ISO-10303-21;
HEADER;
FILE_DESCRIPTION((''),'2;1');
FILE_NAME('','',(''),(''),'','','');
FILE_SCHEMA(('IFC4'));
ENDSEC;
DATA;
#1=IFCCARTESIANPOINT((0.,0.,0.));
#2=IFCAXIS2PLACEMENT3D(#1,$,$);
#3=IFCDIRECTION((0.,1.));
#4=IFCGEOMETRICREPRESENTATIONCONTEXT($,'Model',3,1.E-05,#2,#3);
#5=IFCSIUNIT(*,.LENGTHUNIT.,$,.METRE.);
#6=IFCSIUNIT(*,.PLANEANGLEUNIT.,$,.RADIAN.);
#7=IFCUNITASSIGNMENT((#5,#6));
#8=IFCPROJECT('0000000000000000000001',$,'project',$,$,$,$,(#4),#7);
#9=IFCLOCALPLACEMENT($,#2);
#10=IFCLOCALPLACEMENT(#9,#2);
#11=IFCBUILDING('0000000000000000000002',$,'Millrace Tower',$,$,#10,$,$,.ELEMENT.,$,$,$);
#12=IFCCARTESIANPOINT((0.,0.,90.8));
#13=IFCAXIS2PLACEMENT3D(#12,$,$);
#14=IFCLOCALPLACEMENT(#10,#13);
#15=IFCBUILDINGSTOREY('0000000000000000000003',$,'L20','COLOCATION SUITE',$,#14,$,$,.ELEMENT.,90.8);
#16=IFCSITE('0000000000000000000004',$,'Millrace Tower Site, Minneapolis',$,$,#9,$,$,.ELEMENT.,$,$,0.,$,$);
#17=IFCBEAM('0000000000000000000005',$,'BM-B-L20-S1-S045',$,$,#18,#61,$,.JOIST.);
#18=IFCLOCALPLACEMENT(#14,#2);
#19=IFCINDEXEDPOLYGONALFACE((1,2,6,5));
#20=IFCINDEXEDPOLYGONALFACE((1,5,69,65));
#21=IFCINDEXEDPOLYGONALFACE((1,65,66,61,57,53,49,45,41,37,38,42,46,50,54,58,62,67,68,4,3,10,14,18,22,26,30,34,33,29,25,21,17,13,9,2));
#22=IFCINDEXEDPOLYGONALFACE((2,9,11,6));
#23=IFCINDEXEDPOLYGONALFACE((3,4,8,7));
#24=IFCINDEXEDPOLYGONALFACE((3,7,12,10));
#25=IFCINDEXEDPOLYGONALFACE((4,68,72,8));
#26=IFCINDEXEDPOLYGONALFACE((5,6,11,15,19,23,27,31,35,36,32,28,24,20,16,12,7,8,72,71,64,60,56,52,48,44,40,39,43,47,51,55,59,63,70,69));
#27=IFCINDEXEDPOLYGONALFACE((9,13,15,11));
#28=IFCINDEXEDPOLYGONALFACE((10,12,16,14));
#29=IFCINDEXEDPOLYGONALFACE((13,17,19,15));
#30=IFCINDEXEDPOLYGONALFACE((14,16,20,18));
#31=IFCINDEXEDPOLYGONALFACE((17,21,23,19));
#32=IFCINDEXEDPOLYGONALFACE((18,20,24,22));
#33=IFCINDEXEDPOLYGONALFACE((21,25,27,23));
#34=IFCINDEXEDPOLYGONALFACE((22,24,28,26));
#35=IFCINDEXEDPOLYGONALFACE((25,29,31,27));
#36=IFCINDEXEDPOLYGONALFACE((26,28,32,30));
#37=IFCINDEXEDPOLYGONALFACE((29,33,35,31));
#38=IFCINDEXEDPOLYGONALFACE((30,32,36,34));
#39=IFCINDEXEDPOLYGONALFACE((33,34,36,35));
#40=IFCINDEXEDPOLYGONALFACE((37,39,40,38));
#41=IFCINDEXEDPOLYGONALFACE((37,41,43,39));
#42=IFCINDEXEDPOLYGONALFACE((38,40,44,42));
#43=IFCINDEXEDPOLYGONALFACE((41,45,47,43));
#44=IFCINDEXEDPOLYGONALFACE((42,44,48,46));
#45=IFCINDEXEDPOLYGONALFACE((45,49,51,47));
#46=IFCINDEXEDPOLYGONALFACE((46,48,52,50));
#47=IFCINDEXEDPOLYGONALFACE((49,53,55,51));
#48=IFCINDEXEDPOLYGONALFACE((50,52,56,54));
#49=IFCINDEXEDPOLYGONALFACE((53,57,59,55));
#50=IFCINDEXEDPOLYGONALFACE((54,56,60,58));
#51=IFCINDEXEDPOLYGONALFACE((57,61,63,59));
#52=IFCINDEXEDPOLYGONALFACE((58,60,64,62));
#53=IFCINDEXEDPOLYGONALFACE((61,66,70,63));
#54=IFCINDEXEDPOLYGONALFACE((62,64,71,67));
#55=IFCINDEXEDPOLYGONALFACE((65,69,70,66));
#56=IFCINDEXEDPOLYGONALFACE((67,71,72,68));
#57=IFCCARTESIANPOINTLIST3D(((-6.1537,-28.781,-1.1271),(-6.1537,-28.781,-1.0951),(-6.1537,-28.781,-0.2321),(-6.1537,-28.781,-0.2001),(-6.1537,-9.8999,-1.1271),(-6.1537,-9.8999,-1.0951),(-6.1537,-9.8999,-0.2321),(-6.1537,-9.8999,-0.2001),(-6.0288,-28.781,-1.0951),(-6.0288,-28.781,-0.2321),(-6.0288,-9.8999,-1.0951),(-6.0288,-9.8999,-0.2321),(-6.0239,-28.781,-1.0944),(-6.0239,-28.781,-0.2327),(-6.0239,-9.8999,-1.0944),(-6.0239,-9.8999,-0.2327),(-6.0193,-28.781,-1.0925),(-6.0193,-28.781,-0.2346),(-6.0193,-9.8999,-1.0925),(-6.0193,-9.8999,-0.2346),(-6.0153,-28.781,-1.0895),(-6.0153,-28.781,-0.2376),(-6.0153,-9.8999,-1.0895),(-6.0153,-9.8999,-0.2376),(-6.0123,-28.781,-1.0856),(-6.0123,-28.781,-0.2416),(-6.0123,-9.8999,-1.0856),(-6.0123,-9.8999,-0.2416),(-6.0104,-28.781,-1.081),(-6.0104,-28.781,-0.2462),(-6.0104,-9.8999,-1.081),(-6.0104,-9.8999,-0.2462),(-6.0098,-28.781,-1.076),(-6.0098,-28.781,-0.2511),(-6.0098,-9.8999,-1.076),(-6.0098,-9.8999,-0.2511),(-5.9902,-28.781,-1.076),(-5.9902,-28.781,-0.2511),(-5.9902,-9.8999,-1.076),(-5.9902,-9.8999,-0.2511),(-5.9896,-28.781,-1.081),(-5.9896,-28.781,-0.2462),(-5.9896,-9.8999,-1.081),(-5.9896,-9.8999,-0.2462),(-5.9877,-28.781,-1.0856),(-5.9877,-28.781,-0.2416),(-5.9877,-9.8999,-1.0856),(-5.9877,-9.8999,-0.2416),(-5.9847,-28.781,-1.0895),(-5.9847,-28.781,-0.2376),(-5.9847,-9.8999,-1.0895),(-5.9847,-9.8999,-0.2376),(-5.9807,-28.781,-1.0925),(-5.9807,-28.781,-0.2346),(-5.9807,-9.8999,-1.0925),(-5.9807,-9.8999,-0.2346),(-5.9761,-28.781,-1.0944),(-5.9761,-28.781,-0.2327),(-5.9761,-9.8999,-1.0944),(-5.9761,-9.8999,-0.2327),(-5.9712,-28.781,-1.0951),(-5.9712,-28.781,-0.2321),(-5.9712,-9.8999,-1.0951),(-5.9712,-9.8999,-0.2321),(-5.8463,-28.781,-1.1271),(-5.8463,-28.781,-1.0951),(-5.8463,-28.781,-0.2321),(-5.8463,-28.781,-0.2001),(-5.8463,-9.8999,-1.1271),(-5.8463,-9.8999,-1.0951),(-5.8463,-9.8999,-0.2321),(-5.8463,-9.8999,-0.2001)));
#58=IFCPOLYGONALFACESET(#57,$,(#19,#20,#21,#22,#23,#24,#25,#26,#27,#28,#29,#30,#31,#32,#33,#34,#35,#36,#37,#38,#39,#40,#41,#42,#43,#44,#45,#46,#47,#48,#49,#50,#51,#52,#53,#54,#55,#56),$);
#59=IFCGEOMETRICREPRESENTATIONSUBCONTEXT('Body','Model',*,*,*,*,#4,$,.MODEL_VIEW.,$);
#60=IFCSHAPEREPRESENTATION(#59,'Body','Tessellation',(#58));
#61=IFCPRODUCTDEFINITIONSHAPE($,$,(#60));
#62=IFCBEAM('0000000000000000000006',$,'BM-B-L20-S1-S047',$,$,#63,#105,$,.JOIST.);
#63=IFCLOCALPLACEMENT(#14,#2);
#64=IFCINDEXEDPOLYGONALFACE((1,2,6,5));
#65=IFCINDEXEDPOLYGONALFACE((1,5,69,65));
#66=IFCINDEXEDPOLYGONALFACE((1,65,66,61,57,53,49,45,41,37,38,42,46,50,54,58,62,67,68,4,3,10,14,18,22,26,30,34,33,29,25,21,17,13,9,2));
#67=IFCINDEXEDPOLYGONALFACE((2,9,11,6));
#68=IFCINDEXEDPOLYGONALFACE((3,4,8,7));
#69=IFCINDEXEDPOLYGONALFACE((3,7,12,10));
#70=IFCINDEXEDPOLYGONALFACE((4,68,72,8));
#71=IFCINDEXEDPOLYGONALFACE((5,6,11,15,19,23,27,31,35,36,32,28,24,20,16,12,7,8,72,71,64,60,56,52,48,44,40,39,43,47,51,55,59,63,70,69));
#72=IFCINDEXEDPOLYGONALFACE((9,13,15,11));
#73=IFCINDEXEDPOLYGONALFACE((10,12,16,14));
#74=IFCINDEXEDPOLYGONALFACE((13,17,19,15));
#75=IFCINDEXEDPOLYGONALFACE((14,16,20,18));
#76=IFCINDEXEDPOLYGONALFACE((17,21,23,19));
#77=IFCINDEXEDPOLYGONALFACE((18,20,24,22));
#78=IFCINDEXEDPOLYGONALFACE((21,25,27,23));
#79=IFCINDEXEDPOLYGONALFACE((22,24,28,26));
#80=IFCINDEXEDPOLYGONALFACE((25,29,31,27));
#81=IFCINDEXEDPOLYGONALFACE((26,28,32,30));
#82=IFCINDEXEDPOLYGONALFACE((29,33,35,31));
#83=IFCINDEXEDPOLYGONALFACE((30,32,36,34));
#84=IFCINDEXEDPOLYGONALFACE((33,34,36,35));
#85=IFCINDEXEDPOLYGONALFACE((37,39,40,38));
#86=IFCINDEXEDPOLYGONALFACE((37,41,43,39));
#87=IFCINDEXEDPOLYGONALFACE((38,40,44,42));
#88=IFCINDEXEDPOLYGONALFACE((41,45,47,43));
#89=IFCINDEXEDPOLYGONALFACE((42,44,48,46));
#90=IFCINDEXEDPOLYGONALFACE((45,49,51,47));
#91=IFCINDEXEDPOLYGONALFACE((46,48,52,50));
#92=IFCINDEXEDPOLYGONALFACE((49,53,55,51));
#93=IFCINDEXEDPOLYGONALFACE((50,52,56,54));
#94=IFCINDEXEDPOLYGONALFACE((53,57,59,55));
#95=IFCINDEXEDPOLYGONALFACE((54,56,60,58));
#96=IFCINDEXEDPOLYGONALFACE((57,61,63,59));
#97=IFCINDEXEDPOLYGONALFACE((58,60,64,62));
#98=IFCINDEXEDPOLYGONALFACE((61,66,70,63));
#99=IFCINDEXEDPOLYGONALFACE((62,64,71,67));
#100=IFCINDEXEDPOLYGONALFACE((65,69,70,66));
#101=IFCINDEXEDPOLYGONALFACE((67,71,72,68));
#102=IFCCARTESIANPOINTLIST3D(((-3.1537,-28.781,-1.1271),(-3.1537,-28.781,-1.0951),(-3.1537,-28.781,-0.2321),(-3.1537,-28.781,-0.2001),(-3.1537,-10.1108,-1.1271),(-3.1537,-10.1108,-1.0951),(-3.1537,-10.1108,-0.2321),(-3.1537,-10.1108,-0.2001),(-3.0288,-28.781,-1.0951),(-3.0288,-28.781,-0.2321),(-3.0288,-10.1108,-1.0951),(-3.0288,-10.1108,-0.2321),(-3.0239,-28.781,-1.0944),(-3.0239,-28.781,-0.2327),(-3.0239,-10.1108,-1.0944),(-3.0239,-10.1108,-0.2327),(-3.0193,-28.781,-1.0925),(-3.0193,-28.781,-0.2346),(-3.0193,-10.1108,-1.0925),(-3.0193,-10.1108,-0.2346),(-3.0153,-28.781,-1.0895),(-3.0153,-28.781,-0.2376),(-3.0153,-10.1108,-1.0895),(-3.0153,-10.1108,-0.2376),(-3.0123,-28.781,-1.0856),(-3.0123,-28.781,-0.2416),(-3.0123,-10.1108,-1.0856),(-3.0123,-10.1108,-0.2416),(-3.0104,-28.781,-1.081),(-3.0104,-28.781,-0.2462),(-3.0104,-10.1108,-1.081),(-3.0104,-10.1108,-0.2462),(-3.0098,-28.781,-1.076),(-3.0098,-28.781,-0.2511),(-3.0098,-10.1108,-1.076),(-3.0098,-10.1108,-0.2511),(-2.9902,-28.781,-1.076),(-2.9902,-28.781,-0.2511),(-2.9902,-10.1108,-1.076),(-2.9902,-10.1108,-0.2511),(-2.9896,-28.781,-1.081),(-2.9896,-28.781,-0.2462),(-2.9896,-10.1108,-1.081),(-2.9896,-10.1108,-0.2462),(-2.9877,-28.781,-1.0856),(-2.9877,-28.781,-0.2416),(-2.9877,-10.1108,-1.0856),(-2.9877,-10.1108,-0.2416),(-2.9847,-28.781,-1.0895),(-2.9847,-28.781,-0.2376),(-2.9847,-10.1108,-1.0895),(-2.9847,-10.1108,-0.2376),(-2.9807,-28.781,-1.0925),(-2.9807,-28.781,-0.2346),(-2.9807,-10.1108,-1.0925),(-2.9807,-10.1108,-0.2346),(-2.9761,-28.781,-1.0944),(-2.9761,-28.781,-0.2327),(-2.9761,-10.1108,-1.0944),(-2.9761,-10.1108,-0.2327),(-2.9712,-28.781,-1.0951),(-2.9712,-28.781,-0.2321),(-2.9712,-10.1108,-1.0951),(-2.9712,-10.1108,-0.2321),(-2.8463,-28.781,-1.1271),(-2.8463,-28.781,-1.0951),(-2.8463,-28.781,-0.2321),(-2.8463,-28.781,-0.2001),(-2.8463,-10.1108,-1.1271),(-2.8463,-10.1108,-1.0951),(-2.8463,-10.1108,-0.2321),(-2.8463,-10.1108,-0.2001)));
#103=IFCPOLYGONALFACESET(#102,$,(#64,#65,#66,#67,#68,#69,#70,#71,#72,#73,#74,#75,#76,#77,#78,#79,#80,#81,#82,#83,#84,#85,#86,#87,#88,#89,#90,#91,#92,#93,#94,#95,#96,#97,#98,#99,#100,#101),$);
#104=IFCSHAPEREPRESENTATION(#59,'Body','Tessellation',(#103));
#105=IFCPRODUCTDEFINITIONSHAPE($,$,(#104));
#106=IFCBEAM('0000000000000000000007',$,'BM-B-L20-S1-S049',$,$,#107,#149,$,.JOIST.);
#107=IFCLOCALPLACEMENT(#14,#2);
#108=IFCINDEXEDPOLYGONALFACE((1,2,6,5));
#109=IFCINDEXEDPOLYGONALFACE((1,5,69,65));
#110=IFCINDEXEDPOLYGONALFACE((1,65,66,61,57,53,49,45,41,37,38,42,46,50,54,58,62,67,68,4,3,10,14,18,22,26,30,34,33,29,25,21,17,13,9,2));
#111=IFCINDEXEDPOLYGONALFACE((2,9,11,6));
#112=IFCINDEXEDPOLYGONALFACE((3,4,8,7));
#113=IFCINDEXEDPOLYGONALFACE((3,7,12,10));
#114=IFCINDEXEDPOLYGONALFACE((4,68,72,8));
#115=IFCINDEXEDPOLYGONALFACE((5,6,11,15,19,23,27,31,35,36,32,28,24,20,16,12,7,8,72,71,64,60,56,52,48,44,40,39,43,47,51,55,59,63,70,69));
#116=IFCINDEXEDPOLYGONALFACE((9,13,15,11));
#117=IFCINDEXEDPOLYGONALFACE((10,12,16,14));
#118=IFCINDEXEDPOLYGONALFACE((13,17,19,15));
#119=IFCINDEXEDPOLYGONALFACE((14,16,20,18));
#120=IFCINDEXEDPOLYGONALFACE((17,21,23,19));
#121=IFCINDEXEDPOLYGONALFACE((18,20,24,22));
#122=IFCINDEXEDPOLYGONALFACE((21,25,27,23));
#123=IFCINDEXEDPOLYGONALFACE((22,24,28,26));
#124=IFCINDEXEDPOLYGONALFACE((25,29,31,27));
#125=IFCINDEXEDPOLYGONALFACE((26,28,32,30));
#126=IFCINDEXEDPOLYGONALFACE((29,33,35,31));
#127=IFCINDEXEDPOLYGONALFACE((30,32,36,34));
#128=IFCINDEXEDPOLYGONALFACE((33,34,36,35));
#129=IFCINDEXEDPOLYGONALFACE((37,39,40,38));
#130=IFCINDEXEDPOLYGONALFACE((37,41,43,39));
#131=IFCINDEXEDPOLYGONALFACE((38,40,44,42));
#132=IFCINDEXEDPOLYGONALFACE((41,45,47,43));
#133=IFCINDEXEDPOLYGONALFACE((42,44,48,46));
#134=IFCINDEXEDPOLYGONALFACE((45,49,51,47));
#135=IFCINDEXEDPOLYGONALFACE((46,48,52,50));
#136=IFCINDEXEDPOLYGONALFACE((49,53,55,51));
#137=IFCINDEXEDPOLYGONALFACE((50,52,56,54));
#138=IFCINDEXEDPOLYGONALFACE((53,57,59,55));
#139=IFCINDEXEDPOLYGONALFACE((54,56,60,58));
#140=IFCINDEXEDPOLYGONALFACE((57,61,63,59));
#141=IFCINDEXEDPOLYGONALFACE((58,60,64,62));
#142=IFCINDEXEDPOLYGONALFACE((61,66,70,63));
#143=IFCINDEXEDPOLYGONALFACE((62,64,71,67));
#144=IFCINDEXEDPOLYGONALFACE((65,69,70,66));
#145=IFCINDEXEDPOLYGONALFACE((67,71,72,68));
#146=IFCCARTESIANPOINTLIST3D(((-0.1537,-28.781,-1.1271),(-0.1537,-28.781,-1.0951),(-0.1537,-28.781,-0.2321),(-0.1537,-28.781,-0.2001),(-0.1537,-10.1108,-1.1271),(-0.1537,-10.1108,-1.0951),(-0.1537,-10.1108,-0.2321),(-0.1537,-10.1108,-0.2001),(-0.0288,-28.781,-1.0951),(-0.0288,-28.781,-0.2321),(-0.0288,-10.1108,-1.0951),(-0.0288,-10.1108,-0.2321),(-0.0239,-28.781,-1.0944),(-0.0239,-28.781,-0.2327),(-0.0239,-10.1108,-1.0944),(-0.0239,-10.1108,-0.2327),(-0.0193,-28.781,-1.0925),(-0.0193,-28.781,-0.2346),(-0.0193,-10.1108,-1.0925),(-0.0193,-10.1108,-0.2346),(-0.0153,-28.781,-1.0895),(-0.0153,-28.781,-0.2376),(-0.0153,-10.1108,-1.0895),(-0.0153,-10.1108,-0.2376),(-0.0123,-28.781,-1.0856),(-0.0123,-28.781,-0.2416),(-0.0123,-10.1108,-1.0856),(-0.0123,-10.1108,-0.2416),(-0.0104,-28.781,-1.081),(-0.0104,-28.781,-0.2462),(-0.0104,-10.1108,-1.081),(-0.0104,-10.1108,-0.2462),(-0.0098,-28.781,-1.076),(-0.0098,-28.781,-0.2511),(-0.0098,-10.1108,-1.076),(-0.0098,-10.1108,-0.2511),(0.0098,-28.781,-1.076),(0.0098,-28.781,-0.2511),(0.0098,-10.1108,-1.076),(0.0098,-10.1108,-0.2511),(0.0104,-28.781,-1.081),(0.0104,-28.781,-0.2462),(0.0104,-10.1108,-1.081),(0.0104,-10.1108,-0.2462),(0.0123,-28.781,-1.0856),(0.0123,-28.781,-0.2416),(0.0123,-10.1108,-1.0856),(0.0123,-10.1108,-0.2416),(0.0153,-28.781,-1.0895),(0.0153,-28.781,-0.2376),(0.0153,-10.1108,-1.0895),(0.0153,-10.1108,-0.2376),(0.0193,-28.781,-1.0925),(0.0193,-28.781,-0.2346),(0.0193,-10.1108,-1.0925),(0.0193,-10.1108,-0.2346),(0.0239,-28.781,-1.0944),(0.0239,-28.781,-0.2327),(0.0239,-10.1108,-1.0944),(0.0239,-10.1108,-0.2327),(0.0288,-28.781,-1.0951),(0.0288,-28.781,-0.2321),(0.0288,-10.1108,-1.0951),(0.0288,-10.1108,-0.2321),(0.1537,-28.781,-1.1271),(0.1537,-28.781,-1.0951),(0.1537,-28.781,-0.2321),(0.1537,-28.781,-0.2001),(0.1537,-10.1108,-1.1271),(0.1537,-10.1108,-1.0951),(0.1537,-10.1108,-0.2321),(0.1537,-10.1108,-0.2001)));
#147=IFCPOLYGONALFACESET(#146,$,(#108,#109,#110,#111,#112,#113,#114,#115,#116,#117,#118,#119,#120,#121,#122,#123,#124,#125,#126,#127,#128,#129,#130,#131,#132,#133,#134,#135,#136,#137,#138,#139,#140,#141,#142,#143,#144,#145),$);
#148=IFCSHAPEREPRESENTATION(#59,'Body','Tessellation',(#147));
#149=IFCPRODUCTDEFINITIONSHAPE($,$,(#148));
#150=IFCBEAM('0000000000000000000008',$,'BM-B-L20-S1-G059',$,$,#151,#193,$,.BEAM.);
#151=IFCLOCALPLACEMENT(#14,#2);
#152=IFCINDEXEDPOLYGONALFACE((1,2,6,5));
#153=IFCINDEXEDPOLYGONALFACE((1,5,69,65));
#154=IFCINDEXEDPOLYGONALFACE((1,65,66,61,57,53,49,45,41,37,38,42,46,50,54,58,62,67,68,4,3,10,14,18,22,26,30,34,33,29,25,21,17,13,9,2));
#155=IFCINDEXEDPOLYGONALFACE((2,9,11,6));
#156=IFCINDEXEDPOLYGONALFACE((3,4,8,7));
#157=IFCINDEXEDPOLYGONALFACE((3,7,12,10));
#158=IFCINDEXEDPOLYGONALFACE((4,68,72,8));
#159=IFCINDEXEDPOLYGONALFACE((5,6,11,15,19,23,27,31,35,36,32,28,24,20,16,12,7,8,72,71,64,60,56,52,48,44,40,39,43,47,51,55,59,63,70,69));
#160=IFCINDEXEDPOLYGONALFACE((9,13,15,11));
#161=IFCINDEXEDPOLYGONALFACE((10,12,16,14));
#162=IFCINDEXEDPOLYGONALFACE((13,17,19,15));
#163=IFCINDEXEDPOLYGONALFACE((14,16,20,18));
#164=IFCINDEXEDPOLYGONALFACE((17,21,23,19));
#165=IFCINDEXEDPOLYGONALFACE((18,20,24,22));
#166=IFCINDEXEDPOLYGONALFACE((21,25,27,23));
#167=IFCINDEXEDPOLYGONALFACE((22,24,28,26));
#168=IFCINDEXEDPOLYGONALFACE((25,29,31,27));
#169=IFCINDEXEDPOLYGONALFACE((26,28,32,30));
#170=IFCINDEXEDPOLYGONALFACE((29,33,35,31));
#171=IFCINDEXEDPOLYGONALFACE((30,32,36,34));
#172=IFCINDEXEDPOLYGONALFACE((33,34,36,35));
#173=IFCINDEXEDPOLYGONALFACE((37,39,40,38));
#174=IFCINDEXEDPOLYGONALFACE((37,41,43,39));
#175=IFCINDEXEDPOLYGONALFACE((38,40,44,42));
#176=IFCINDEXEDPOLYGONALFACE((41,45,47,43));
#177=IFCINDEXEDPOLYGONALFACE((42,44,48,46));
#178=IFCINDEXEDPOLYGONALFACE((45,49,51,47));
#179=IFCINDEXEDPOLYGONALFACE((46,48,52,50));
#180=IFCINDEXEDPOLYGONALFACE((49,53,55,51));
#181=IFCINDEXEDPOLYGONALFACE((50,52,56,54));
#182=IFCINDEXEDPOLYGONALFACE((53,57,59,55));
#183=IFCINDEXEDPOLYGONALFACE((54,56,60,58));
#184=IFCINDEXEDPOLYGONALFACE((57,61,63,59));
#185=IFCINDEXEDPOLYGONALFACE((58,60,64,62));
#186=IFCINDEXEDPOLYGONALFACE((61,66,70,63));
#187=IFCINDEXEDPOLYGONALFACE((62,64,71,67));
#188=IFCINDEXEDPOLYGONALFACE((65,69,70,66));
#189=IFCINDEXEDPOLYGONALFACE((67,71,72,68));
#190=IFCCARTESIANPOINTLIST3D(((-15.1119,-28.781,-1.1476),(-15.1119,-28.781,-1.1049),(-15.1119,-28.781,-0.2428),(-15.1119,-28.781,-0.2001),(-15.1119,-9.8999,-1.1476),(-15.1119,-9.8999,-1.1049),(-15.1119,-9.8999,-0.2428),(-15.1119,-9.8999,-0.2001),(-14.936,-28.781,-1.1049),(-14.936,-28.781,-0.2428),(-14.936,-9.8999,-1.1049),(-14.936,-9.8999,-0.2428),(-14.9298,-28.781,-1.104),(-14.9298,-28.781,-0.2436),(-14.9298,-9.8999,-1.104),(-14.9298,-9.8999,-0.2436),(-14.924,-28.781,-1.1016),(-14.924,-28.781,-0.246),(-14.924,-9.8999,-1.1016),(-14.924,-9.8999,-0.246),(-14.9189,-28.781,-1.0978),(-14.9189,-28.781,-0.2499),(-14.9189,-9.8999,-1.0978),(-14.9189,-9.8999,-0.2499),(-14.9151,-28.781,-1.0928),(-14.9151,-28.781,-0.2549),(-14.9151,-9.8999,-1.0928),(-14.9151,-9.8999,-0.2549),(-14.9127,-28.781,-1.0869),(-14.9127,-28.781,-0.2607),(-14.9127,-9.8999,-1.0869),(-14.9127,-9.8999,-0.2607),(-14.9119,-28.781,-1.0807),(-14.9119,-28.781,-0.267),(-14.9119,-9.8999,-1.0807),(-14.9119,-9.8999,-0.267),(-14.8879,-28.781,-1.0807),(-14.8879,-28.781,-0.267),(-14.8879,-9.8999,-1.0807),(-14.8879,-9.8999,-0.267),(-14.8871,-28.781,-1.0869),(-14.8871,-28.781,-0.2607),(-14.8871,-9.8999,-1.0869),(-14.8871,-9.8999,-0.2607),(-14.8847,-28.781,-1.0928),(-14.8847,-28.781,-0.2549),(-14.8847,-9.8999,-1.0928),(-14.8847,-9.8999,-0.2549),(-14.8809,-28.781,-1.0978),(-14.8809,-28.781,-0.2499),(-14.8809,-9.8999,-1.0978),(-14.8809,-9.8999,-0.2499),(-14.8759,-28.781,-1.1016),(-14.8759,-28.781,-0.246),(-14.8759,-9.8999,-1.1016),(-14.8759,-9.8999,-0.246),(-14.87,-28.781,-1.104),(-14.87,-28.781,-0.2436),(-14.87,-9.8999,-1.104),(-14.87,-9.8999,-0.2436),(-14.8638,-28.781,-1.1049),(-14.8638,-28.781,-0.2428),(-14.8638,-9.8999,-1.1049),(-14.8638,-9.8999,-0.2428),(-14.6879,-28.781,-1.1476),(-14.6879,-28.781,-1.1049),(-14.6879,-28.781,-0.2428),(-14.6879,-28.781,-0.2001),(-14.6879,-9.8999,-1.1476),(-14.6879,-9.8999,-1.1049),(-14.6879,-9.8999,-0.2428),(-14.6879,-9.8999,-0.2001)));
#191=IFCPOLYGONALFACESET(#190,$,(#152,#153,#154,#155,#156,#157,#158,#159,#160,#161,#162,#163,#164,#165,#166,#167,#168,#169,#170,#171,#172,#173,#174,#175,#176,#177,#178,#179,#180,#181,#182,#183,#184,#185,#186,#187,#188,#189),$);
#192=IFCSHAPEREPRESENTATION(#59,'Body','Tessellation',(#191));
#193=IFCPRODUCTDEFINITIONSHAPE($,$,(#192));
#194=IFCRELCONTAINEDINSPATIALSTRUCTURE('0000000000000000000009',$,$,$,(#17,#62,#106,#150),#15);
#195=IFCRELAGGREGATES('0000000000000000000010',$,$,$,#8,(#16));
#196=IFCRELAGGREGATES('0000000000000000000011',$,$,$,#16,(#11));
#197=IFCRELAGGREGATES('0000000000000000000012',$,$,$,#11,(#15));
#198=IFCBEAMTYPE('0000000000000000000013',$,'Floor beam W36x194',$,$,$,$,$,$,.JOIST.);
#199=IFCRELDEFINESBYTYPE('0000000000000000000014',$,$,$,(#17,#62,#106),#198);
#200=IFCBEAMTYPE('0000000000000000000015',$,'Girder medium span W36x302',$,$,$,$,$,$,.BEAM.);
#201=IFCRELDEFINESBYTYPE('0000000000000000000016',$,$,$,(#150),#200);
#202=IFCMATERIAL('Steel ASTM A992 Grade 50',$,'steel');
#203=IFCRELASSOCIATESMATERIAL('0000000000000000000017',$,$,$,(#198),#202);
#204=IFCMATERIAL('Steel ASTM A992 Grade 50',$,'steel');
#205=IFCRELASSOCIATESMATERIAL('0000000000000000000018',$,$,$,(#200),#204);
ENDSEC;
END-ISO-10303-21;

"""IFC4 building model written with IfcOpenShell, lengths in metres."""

from ifc_helpers import new_model, si_unit, direction, frame, origin, origin_2d, place, context, subcontext, project, spatial, i_section, extrude, material, material_profile, profile_set, type_object, element, save


model = new_model("IFC4")

# Units and contexts
model_context = context("Model", 3, precision=1e-05, world=origin(), true_north=direction((0.0, 1.0)))
body_context = subcontext(model_context, "Body", "Model", "MODEL_VIEW")
ifc_project = project(units=[si_unit("LENGTHUNIT", "METRE"), si_unit("PLANEANGLEUNIT", "RADIAN")], contexts=[model_context])

# Site, building, storey
site_placement = place(None, origin())
site = spatial("IfcSite", under=ifc_project, at=site_placement, Name="Millrace Tower Site, Minneapolis", CompositionType="ELEMENT", RefElevation=0.0)
building_placement = place(site_placement, origin())
building = spatial("IfcBuilding", under=site, at=building_placement, Name="Millrace Tower", CompositionType="ELEMENT")
storey_placement = place(building_placement, frame((0.0, 0.0, 90.8)))
storey = spatial("IfcBuildingStorey", under=building, at=storey_placement, Name="L20", Description="COLOCATION SUITE", CompositionType="ELEMENT", Elevation=90.8)

# Beams
ifc_material_1 = material(Name="Steel ASTM A992 Grade 50", Category="steel")
ifc_material_profile_1 = material_profile(ifc_material_1, i_section(OverallWidth=0.3074, OverallDepth=0.927, WebThickness=0.0195, FlangeThickness=0.032, FilletRadius=0.019, at=origin_2d()))
ifc_profile_set_1 = profile_set([ifc_material_profile_1], Name="Steel ASTM A992 Grade 50")
beam_type_1 = type_object("IfcBeamType", Name="Floor beam W36x194", PredefinedType="JOIST", material=ifc_profile_set_1)
for number, where, z_axis, x_axis, name in (
    (1, (-6.0, -28.781, -0.6636), (0.0, 1.0, 0.0), (-1.0, 0.0, 0.0), "BM-B-L20-S1-S045"),
):
    element("IfcBeam", number, at=place(storey_placement, frame(where, z_axis=z_axis, x_axis=x_axis)), inside=storey, type_object=beam_type_1, Name=name, PredefinedType="JOIST", context=body_context, shape_type="SweptSolid", body=[
        extrude(i_section(OverallWidth=0.3074, OverallDepth=0.927, WebThickness=0.0195, FlangeThickness=0.032, FilletRadius=0.019, at=origin_2d()), origin(), (0.0, 0.0, 1.0), 18.8811),
    ])
for number, where, z_axis, x_axis, name in (
    (2, (-3.0, -28.781, -0.6636), (0.0, 1.0, 0.0), (-1.0, 0.0, 0.0), "BM-B-L20-S1-S047"),
    (3, (0.0, -28.781, -0.6636), (0.0, 1.0, 0.0), (-1.0, 0.0, 0.0), "BM-B-L20-S1-S049"),
):
    element("IfcBeam", number, at=place(storey_placement, frame(where, z_axis=z_axis, x_axis=x_axis)), inside=storey, type_object=beam_type_1, Name=name, PredefinedType="JOIST", context=body_context, shape_type="SweptSolid", body=[
        extrude(i_section(OverallWidth=0.3074, OverallDepth=0.927, WebThickness=0.0195, FlangeThickness=0.032, FilletRadius=0.019, at=origin_2d()), origin(), (0.0, 0.0, 1.0), 18.6702),
    ])
ifc_material_2 = material(Name="Steel ASTM A992 Grade 50", Category="steel")
ifc_material_profile_2 = material_profile(ifc_material_2, i_section(OverallWidth=0.4241, OverallDepth=0.9475, WebThickness=0.0239, FlangeThickness=0.0427, FilletRadius=0.0242, at=origin_2d()))
ifc_profile_set_2 = profile_set([ifc_material_profile_2], Name="Steel ASTM A992 Grade 50")
beam_type_2 = type_object("IfcBeamType", Name="Girder medium span W36x302", PredefinedType="BEAM", material=ifc_profile_set_2)
beam_1_placement = place(storey_placement, frame((-14.8999, -28.781, -0.6738), z_axis=(0.0, 1.0, 0.0), x_axis=(-1.0, 0.0, 0.0)))
element("IfcBeam", 4, at=beam_1_placement, inside=storey, type_object=beam_type_2, Name="BM-B-L20-S1-G059", PredefinedType="BEAM", context=body_context, shape_type="SweptSolid", body=[
    extrude(i_section(OverallWidth=0.4241, OverallDepth=0.9475, WebThickness=0.0239, FlangeThickness=0.0427, FilletRadius=0.0242, at=origin_2d()), origin(), (0.0, 0.0, 1.0), 18.8811),
])

save(model, "model.ifc")
